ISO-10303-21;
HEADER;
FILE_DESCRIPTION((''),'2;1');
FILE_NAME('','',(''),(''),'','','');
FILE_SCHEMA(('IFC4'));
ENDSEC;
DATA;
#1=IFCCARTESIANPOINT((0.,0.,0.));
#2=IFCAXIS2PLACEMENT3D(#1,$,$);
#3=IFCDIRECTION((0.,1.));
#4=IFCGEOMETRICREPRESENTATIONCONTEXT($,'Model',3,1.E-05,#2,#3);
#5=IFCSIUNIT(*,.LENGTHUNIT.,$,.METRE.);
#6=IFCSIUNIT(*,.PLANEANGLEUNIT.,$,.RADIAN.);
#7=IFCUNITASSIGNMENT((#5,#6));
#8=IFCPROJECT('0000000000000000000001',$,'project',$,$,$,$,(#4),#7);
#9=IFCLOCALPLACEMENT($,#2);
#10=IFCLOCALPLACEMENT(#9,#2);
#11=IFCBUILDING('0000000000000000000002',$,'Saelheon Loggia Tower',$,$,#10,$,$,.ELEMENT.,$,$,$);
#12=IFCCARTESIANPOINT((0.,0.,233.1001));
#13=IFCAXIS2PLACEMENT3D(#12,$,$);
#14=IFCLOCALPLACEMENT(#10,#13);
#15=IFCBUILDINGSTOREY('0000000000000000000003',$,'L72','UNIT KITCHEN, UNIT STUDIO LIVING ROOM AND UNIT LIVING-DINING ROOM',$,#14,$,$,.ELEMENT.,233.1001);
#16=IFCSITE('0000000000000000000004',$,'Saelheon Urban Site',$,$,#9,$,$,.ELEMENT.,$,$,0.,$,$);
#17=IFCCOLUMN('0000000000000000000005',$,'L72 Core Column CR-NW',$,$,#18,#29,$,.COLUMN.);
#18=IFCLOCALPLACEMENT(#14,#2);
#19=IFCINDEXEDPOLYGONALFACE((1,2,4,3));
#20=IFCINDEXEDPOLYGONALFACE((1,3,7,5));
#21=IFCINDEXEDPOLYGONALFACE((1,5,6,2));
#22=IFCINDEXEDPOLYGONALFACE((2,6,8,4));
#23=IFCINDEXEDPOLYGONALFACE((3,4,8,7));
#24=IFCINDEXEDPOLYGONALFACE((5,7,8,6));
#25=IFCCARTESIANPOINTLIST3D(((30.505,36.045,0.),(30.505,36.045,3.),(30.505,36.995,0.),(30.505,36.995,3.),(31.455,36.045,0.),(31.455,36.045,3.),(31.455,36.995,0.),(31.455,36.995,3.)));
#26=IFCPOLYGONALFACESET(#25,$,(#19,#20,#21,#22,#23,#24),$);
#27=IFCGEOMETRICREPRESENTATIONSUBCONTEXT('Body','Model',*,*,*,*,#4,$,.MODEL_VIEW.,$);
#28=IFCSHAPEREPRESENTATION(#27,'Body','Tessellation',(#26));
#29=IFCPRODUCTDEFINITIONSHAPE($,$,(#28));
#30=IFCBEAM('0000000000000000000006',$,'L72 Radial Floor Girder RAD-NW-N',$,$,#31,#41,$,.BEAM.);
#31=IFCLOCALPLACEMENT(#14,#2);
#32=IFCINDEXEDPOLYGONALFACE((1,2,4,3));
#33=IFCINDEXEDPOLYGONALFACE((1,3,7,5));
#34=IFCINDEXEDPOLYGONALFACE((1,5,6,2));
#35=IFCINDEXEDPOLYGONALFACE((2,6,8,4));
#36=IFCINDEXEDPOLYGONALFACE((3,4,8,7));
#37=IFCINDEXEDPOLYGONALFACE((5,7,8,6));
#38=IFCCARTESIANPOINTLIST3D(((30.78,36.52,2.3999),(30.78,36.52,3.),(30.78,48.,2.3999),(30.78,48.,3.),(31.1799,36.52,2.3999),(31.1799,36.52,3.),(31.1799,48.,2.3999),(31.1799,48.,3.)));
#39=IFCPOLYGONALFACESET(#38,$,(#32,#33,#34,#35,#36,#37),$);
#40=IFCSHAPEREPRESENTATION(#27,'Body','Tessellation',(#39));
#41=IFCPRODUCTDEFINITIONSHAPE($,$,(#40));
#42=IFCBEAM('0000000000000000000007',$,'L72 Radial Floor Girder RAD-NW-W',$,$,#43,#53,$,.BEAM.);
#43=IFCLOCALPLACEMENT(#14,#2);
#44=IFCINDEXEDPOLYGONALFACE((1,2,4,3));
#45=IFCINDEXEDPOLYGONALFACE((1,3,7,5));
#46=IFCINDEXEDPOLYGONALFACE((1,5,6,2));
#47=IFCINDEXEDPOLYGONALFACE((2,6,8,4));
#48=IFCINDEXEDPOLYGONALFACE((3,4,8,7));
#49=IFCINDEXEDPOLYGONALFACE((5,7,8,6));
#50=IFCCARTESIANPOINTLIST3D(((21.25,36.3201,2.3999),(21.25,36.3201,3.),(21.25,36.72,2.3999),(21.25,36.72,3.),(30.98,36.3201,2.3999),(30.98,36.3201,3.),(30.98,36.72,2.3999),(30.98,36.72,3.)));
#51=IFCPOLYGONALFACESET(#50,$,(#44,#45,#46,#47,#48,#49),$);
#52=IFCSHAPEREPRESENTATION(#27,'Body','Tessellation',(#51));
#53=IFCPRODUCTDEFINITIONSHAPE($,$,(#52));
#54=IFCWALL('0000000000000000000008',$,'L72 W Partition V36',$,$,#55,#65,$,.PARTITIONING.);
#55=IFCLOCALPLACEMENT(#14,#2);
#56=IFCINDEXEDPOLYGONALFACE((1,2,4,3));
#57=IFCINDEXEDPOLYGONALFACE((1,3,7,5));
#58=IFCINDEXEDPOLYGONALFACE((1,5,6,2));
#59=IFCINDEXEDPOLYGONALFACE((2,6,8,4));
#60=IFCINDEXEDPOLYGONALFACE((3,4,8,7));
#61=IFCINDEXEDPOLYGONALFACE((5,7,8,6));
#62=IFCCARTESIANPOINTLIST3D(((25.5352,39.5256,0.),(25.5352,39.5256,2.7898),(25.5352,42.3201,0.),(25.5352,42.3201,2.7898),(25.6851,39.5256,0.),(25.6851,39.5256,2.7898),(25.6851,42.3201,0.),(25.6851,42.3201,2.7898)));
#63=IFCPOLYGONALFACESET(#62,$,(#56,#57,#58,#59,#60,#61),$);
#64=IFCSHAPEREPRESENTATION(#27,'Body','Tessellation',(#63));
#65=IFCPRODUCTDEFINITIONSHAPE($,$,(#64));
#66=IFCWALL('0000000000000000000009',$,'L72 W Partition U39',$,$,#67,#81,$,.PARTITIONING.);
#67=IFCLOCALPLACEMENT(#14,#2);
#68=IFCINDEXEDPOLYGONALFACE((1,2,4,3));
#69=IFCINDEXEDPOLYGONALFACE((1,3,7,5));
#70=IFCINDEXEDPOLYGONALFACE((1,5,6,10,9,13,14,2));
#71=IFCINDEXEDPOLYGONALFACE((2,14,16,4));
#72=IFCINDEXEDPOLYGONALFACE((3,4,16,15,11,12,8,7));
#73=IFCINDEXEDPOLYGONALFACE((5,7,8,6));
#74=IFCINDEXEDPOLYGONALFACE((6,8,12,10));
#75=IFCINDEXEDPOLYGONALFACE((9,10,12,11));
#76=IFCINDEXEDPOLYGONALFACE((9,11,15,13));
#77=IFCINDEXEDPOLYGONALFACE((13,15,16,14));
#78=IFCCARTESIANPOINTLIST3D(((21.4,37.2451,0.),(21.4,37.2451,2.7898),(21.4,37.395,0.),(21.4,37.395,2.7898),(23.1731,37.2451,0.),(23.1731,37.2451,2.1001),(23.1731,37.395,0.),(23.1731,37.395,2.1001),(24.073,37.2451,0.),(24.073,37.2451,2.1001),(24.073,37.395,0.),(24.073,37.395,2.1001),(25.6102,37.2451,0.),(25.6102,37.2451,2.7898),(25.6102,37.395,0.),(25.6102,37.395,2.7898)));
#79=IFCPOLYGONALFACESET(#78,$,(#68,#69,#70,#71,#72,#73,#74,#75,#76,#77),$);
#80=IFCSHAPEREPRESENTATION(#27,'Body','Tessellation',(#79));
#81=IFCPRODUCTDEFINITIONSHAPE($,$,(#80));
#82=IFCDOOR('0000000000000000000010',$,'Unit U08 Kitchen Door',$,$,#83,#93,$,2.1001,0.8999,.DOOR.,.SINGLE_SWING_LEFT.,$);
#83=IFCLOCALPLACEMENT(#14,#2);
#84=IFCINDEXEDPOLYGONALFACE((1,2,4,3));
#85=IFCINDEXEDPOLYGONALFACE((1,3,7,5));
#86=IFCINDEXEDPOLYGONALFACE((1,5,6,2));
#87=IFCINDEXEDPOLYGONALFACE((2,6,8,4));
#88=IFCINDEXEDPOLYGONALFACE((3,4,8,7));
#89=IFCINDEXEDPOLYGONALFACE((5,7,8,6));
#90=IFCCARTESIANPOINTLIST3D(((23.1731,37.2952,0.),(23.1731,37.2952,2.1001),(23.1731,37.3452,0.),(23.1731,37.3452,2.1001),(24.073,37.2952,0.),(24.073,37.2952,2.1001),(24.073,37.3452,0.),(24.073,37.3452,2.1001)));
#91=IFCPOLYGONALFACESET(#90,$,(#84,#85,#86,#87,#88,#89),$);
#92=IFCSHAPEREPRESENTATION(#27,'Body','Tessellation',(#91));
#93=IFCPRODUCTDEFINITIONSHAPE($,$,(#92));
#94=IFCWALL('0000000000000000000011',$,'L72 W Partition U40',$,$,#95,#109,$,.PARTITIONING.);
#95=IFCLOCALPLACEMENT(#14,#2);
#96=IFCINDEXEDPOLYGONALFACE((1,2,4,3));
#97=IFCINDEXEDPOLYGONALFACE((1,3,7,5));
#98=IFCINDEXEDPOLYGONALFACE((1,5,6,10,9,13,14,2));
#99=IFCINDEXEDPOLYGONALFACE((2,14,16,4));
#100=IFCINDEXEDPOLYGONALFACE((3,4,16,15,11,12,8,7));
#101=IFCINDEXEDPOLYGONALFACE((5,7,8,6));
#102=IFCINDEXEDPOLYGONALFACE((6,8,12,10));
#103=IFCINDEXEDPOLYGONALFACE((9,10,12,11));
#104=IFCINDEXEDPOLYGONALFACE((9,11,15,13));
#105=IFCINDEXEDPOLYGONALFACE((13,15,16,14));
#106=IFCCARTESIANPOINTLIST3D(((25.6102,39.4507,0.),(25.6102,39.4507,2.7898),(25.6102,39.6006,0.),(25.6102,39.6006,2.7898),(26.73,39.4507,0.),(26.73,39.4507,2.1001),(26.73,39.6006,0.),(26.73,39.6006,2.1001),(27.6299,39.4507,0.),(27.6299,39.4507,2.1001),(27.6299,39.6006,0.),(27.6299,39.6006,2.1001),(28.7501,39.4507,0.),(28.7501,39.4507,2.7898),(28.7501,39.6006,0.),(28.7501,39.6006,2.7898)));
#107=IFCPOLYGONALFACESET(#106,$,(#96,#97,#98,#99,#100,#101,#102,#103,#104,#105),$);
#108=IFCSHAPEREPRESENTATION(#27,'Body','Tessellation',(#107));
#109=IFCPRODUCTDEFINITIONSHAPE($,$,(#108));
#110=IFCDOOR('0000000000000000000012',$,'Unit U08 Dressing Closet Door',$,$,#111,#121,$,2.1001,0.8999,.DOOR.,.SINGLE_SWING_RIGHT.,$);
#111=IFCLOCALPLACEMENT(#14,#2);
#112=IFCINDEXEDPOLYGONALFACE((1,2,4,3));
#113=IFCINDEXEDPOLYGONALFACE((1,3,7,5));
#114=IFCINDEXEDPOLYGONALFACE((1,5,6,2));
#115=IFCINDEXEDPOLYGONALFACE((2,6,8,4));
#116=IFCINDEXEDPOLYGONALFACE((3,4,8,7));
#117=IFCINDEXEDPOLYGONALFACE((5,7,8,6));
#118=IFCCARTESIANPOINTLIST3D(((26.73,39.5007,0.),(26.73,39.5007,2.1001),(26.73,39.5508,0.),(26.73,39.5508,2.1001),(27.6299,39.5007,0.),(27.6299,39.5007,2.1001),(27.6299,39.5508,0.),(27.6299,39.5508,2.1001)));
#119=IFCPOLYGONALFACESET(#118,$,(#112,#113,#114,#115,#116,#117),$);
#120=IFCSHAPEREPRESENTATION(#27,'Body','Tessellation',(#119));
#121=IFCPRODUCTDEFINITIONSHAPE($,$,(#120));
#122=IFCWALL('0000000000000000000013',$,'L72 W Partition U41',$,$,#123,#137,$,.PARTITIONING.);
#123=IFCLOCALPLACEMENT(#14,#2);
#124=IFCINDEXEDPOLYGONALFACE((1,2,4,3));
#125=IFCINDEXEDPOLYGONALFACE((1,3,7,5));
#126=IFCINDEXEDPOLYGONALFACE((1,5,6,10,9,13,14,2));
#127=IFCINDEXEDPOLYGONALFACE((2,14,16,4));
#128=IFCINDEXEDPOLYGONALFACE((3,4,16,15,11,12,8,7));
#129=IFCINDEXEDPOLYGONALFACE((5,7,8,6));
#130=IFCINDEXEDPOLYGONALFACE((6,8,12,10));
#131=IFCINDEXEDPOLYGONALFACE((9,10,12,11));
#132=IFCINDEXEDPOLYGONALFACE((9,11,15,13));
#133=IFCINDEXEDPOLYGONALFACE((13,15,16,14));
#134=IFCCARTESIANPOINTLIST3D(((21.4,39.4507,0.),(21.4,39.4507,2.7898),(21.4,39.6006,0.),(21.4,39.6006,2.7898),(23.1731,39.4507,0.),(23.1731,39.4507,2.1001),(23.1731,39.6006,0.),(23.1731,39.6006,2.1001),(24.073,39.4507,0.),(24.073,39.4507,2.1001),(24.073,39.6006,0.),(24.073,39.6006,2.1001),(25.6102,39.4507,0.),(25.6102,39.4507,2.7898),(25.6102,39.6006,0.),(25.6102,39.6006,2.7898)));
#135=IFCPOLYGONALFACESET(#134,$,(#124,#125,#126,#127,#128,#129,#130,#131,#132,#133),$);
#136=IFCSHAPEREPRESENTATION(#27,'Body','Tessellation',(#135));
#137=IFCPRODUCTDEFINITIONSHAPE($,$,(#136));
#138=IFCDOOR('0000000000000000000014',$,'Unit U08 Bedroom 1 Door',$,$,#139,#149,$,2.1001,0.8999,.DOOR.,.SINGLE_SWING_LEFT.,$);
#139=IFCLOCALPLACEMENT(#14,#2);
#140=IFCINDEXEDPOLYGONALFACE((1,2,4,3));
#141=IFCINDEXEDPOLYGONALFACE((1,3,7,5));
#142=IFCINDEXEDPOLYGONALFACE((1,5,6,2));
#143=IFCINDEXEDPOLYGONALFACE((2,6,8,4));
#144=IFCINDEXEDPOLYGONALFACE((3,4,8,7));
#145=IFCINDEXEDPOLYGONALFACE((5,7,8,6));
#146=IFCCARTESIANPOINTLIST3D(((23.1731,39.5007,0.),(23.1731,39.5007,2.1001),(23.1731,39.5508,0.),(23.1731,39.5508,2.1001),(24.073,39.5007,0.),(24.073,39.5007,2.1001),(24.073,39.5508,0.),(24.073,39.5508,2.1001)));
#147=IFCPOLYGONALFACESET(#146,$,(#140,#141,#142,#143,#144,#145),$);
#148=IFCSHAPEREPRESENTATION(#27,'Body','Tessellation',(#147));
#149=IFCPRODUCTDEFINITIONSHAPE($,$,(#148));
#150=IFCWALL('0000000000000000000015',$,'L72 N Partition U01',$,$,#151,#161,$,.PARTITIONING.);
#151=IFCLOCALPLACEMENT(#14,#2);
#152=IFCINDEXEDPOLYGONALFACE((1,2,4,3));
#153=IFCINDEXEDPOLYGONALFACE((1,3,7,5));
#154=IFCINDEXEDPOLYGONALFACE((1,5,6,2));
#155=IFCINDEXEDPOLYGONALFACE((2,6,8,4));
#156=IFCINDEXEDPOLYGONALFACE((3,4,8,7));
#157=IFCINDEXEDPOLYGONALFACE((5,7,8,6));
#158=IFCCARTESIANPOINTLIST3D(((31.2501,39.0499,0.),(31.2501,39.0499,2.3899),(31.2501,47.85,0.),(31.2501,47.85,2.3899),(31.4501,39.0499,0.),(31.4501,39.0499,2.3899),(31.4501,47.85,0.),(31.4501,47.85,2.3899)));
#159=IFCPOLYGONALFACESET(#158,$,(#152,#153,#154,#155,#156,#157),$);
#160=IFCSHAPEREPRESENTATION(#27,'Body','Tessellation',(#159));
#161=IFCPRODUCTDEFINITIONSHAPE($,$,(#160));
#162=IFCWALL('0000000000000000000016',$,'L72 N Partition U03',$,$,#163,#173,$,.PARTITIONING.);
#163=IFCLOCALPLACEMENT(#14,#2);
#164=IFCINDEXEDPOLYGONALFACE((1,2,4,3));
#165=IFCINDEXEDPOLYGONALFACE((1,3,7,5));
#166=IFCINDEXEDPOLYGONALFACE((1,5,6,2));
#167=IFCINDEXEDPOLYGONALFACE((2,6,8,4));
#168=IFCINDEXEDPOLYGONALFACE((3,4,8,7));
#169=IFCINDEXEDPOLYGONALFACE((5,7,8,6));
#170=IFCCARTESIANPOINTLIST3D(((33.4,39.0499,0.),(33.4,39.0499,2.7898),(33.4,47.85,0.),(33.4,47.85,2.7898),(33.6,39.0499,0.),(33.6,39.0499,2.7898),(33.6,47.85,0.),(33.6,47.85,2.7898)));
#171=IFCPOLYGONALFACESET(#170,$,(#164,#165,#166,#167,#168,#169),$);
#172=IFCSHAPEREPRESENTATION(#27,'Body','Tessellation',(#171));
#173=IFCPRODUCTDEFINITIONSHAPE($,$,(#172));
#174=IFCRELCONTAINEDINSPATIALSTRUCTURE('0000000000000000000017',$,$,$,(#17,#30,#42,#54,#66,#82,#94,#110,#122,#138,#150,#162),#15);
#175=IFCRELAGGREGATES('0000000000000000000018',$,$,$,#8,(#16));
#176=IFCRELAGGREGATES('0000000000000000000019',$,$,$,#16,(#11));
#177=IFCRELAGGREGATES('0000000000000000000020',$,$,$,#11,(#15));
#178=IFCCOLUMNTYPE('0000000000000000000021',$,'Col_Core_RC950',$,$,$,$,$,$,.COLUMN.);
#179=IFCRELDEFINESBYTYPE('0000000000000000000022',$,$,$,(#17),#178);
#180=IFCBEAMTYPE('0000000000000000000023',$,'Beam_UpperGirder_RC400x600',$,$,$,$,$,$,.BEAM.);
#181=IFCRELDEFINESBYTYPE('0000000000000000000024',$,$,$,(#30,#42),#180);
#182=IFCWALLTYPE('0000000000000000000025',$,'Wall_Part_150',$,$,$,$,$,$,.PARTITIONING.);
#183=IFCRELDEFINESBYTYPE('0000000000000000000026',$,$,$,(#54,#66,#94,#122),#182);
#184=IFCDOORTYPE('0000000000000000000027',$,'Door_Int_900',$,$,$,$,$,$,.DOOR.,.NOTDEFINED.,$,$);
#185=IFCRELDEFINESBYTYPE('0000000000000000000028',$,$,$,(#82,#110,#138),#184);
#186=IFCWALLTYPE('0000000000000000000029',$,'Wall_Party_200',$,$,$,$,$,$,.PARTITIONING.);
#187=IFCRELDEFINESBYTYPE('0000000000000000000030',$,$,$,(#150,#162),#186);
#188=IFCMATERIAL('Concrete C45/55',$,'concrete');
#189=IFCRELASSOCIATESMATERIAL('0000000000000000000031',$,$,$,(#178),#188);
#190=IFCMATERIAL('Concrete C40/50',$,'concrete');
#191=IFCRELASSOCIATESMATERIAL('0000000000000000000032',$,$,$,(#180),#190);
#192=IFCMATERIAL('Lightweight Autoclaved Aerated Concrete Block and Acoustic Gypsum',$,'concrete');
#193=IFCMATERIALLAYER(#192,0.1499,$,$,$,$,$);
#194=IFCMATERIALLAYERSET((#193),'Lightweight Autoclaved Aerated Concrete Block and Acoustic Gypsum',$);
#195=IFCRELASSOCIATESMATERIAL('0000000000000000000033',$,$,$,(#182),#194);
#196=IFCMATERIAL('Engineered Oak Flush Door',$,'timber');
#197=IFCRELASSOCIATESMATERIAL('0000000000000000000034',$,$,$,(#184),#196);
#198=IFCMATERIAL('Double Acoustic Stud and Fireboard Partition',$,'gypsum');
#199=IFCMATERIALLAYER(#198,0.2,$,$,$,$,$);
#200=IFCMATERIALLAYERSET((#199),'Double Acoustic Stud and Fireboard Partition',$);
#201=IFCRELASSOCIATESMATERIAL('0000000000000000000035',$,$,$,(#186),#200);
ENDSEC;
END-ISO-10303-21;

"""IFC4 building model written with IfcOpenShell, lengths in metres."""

from ifc_helpers import new_model, si_unit, direction, frame, frame_2d, origin, origin_2d, place, context, subcontext, project, spatial, rectangle, extrude, source, transform, mapped, material, layer, layer_set, material_profile, profile_set, type_object, element, fill, save


model = new_model("IFC4")

# Units and contexts
model_context = context("Model", 3, precision=1e-05, world=origin(), true_north=direction((0.0, 1.0)))
body_context = subcontext(model_context, "Body", "Model", "MODEL_VIEW")
ifc_project = project(units=[si_unit("LENGTHUNIT", "METRE"), si_unit("PLANEANGLEUNIT", "RADIAN")], contexts=[model_context])

# Site, building, storey
site_placement = place(None, origin())
site = spatial("IfcSite", under=ifc_project, at=site_placement, Name="Saelheon Urban Site", CompositionType="ELEMENT", RefElevation=0.0)
building_placement = place(site_placement, origin())
building = spatial("IfcBuilding", under=site, at=building_placement, Name="Saelheon Loggia Tower", CompositionType="ELEMENT")
storey_placement = place(building_placement, frame((0.0, 0.0, 233.1001)))
storey = spatial("IfcBuildingStorey", under=building, at=storey_placement, Name="L72", Description="UNIT KITCHEN, UNIT STUDIO LIVING ROOM AND UNIT LIVING-DINING ROOM", CompositionType="ELEMENT", Elevation=233.1001)

# Column
ifc_material_1 = material(Name="Concrete C45/55", Category="concrete")
ifc_material_profile_1 = material_profile(ifc_material_1, rectangle(XDim=0.95, YDim=0.95, at=origin_2d()), Name="RC-950x950")
ifc_profile_set_1 = profile_set([ifc_material_profile_1], Name="Concrete C45/55")
column_type = type_object("IfcColumnType", Name="Col_Core_RC950", PredefinedType="COLUMN", material=ifc_profile_set_1)
shared_shape_1 = source(origin(), body_context, "Body", "SweptSolid", [
    extrude(rectangle(XDim=0.95, YDim=0.95, at=origin_2d()), origin(), (0.0, 0.0, 1.0), 3.0),
])
column_placement = place(storey_placement, frame((30.98, 36.52, 0.0), z_axis=(0.0, 0.0, 1.0), x_axis=(1.0, 0.0, 0.0)))
element("IfcColumn", 1, at=column_placement, inside=storey, type_object=column_type, Name="L72 Core Column CR-NW", PredefinedType="COLUMN", context=body_context, shape_type="MappedRepresentation", body=[
    mapped(shared_shape_1, transform((0.0, 0.0, 0.0), scale=1.0)),
])

# Beams
ifc_material_2 = material(Name="Concrete C40/50", Category="concrete")
ifc_material_profile_2 = material_profile(ifc_material_2, rectangle(XDim=0.3999, YDim=0.6001, at=origin_2d()), Name="RC-400x600")
ifc_profile_set_2 = profile_set([ifc_material_profile_2], Name="Concrete C40/50")
beam_type = type_object("IfcBeamType", Name="Beam_UpperGirder_RC400x600", PredefinedType="BEAM", material=ifc_profile_set_2)
shared_shape_2 = source(origin(), body_context, "Body", "SweptSolid", [
    extrude(rectangle(XDim=0.3999, YDim=0.6001, at=origin_2d()), origin(), (0.0, 0.0, 1.0), 11.48),
])
beam_1_placement = place(storey_placement, frame((30.98, 36.52, 2.7), z_axis=(0.0, 1.0, 0.0), x_axis=(-1.0, 0.0, 0.0)))
element("IfcBeam", 2, at=beam_1_placement, inside=storey, type_object=beam_type, Name="L72 Radial Floor Girder RAD-NW-N", PredefinedType="BEAM", context=body_context, shape_type="MappedRepresentation", body=[
    mapped(shared_shape_2, transform((0.0, 0.0, 0.0), scale=1.0)),
])
shared_shape_3 = source(origin(), body_context, "Body", "SweptSolid", [
    extrude(rectangle(XDim=0.3999, YDim=0.6001, at=origin_2d()), origin(), (0.0, 0.0, 1.0), 9.73),
])
beam_2_placement = place(storey_placement, frame((30.98, 36.52, 2.7), z_axis=(-1.0, 0.0, 0.0), x_axis=(0.0, -1.0, 0.0)))
element("IfcBeam", 3, at=beam_2_placement, inside=storey, type_object=beam_type, Name="L72 Radial Floor Girder RAD-NW-W", PredefinedType="BEAM", context=body_context, shape_type="MappedRepresentation", body=[
    mapped(shared_shape_3, transform((0.0, 0.0, 0.0), scale=1.0)),
])

# Wall
ifc_material_3 = material(Name="Lightweight Autoclaved Aerated Concrete Block and Acoustic Gypsum", Category="concrete")
ifc_layer_1 = layer(ifc_material_3, 0.1499)
ifc_layer_set_1 = layer_set([ifc_layer_1], Name="Lightweight Autoclaved Aerated Concrete Block and Acoustic Gypsum")
wall_type_1 = type_object("IfcWallType", Name="Wall_Part_150", PredefinedType="PARTITIONING", material=ifc_layer_set_1)
wall_1_placement = place(storey_placement, frame((25.6101, 39.5256, 0.0), z_axis=(0.0, 0.0, 1.0), x_axis=(0.0, 1.0, 0.0)))
element("IfcWall", 4, at=wall_1_placement, inside=storey, type_object=wall_type_1, Name="L72 W Partition V36", PredefinedType="PARTITIONING", context=body_context, shape_type="SweptSolid", body=[
    extrude(rectangle(XDim=2.7944, YDim=0.1499, at=frame_2d((1.3972, 0.0))), origin(), (0.0, 0.0, 1.0), 2.7898),
])

# Walls, openings, doors
wall_2_placement = place(storey_placement, frame((25.6101, 37.3201, 0.0), z_axis=(0.0, 0.0, 1.0), x_axis=(-1.0, 0.0, 0.0)))
wall_2 = element("IfcWall", 5, at=wall_2_placement, inside=storey, type_object=wall_type_1, Name="L72 W Partition U39", PredefinedType="PARTITIONING", context=body_context, shape_type="SweptSolid", body=[
    extrude(rectangle(XDim=4.2102, YDim=0.1499, at=frame_2d((2.105, 0.0))), origin(), (0.0, 0.0, 1.0), 2.7898),
])
opening_1_placement = place(wall_2_placement, frame((1.5371, 0.0, 0.0)))
opening_1 = element("IfcOpeningElement", 6, at=opening_1_placement, cuts=wall_2, PredefinedType="OPENING", context=body_context, shape_type="SweptSolid", body=[
    extrude(rectangle(XDim=0.8999, YDim=2.1001, at=frame_2d((0.45, 1.05))), frame((0.0, 0.0869, 0.0), z_axis=(0.0, -1.0, 0.0), x_axis=(1.0, 0.0, 0.0)), (0.0, 0.0, 1.0), 0.1738),
])
ifc_material_4 = material(Name="Engineered Oak Flush Door", Category="timber")
door_type_1 = type_object("IfcDoorType", Name="Door_Int_900", OperationType="NOTDEFINED", PredefinedType="DOOR", material=ifc_material_4)
shared_shape_4 = source(origin(), body_context, "Body", "SweptSolid", [
    extrude(rectangle(XDim=0.8999, YDim=2.1001, at=frame_2d((0.45, 1.05))), frame((0.0, 0.0249, 0.0), z_axis=(0.0, -1.0, 0.0), x_axis=(1.0, 0.0, 0.0)), (0.0, 0.0, 1.0), 0.05),
])
door_1_placement = place(opening_1_placement, origin())
door_1 = element("IfcDoor", 7, at=door_1_placement, inside=storey, type_object=door_type_1, Name="Unit U08 Kitchen Door", OperationType="SINGLE_SWING_LEFT", OverallHeight=2.1001, OverallWidth=0.8999, PredefinedType="DOOR", context=body_context, shape_type="MappedRepresentation", body=[
    mapped(shared_shape_4, transform((0.0, 0.0, 0.0), scale=1.0)),
])
fill(opening_1, door_1)
wall_3_placement = place(storey_placement, frame((28.75, 39.5256, 0.0), z_axis=(0.0, 0.0, 1.0), x_axis=(-1.0, 0.0, 0.0)))
wall_3 = element("IfcWall", 8, at=wall_3_placement, inside=storey, type_object=wall_type_1, Name="L72 W Partition U40", PredefinedType="PARTITIONING", context=body_context, shape_type="SweptSolid", body=[
    extrude(rectangle(XDim=3.1399, YDim=0.1499, at=frame_2d((1.5698, 0.0))), origin(), (0.0, 0.0, 1.0), 2.7898),
])
opening_2_placement = place(wall_3_placement, frame((1.1201, 0.0, 0.0)))
opening_2 = element("IfcOpeningElement", 9, at=opening_2_placement, cuts=wall_3, PredefinedType="OPENING", context=body_context, shape_type="SweptSolid", body=[
    extrude(rectangle(XDim=0.8999, YDim=2.1001, at=frame_2d((0.45, 1.05))), frame((0.0, 0.0869, 0.0), z_axis=(0.0, -1.0, 0.0), x_axis=(1.0, 0.0, 0.0)), (0.0, 0.0, 1.0), 0.1738),
])
door_2_placement = place(opening_2_placement, origin())
door_2 = element("IfcDoor", 10, at=door_2_placement, inside=storey, type_object=door_type_1, Name="Unit U08 Dressing Closet Door", OperationType="SINGLE_SWING_RIGHT", OverallHeight=2.1001, OverallWidth=0.8999, PredefinedType="DOOR", context=body_context, shape_type="MappedRepresentation", body=[
    mapped(shared_shape_4, transform((0.0, 0.0, 0.0), scale=1.0)),
])
fill(opening_2, door_2)
wall_4_placement = place(storey_placement, frame((25.6101, 39.5256, 0.0), z_axis=(0.0, 0.0, 1.0), x_axis=(-1.0, 0.0, 0.0)))
wall_4 = element("IfcWall", 11, at=wall_4_placement, inside=storey, type_object=wall_type_1, Name="L72 W Partition U41", PredefinedType="PARTITIONING", context=body_context, shape_type="SweptSolid", body=[
    extrude(rectangle(XDim=4.2102, YDim=0.1499, at=frame_2d((2.105, 0.0))), origin(), (0.0, 0.0, 1.0), 2.7898),
])
opening_3_placement = place(wall_4_placement, frame((1.5371, 0.0, 0.0)))
opening_3 = element("IfcOpeningElement", 12, at=opening_3_placement, cuts=wall_4, PredefinedType="OPENING", context=body_context, shape_type="SweptSolid", body=[
    extrude(rectangle(XDim=0.8999, YDim=2.1001, at=frame_2d((0.45, 1.05))), frame((0.0, 0.0869, 0.0), z_axis=(0.0, -1.0, 0.0), x_axis=(1.0, 0.0, 0.0)), (0.0, 0.0, 1.0), 0.1738),
])
door_3_placement = place(opening_3_placement, origin())
door_3 = element("IfcDoor", 13, at=door_3_placement, inside=storey, type_object=door_type_1, Name="Unit U08 Bedroom 1 Door", OperationType="SINGLE_SWING_LEFT", OverallHeight=2.1001, OverallWidth=0.8999, PredefinedType="DOOR", context=body_context, shape_type="MappedRepresentation", body=[
    mapped(shared_shape_4, transform((0.0, 0.0, 0.0), scale=1.0)),
])
fill(opening_3, door_3)

# Walls
ifc_material_5 = material(Name="Double Acoustic Stud and Fireboard Partition", Category="gypsum")
ifc_layer_2 = layer(ifc_material_5, 0.2)
ifc_layer_set_2 = layer_set([ifc_layer_2], Name="Double Acoustic Stud and Fireboard Partition")
wall_type_2 = type_object("IfcWallType", Name="Wall_Party_200", PredefinedType="PARTITIONING", material=ifc_layer_set_2)
wall_5_placement = place(storey_placement, frame((31.3501, 39.05, 0.0), z_axis=(0.0, 0.0, 1.0), x_axis=(0.0, 1.0, 0.0)))
element("IfcWall", 14, at=wall_5_placement, inside=storey, type_object=wall_type_2, Name="L72 N Partition U01", PredefinedType="PARTITIONING", context=body_context, shape_type="SweptSolid", body=[
    extrude(rectangle(XDim=8.8, YDim=0.2, at=frame_2d((4.3999, 0.0))), origin(), (0.0, 0.0, 1.0), 2.3899),
])
wall_6_placement = place(storey_placement, frame((33.5, 39.05, 0.0), z_axis=(0.0, 0.0, 1.0), x_axis=(0.0, 1.0, 0.0)))
element("IfcWall", 15, at=wall_6_placement, inside=storey, type_object=wall_type_2, Name="L72 N Partition U03", PredefinedType="PARTITIONING", context=body_context, shape_type="SweptSolid", body=[
    extrude(rectangle(XDim=8.8, YDim=0.2, at=frame_2d((4.3999, 0.0))), origin(), (0.0, 0.0, 1.0), 2.7898),
])

save(model, "model.ifc")
